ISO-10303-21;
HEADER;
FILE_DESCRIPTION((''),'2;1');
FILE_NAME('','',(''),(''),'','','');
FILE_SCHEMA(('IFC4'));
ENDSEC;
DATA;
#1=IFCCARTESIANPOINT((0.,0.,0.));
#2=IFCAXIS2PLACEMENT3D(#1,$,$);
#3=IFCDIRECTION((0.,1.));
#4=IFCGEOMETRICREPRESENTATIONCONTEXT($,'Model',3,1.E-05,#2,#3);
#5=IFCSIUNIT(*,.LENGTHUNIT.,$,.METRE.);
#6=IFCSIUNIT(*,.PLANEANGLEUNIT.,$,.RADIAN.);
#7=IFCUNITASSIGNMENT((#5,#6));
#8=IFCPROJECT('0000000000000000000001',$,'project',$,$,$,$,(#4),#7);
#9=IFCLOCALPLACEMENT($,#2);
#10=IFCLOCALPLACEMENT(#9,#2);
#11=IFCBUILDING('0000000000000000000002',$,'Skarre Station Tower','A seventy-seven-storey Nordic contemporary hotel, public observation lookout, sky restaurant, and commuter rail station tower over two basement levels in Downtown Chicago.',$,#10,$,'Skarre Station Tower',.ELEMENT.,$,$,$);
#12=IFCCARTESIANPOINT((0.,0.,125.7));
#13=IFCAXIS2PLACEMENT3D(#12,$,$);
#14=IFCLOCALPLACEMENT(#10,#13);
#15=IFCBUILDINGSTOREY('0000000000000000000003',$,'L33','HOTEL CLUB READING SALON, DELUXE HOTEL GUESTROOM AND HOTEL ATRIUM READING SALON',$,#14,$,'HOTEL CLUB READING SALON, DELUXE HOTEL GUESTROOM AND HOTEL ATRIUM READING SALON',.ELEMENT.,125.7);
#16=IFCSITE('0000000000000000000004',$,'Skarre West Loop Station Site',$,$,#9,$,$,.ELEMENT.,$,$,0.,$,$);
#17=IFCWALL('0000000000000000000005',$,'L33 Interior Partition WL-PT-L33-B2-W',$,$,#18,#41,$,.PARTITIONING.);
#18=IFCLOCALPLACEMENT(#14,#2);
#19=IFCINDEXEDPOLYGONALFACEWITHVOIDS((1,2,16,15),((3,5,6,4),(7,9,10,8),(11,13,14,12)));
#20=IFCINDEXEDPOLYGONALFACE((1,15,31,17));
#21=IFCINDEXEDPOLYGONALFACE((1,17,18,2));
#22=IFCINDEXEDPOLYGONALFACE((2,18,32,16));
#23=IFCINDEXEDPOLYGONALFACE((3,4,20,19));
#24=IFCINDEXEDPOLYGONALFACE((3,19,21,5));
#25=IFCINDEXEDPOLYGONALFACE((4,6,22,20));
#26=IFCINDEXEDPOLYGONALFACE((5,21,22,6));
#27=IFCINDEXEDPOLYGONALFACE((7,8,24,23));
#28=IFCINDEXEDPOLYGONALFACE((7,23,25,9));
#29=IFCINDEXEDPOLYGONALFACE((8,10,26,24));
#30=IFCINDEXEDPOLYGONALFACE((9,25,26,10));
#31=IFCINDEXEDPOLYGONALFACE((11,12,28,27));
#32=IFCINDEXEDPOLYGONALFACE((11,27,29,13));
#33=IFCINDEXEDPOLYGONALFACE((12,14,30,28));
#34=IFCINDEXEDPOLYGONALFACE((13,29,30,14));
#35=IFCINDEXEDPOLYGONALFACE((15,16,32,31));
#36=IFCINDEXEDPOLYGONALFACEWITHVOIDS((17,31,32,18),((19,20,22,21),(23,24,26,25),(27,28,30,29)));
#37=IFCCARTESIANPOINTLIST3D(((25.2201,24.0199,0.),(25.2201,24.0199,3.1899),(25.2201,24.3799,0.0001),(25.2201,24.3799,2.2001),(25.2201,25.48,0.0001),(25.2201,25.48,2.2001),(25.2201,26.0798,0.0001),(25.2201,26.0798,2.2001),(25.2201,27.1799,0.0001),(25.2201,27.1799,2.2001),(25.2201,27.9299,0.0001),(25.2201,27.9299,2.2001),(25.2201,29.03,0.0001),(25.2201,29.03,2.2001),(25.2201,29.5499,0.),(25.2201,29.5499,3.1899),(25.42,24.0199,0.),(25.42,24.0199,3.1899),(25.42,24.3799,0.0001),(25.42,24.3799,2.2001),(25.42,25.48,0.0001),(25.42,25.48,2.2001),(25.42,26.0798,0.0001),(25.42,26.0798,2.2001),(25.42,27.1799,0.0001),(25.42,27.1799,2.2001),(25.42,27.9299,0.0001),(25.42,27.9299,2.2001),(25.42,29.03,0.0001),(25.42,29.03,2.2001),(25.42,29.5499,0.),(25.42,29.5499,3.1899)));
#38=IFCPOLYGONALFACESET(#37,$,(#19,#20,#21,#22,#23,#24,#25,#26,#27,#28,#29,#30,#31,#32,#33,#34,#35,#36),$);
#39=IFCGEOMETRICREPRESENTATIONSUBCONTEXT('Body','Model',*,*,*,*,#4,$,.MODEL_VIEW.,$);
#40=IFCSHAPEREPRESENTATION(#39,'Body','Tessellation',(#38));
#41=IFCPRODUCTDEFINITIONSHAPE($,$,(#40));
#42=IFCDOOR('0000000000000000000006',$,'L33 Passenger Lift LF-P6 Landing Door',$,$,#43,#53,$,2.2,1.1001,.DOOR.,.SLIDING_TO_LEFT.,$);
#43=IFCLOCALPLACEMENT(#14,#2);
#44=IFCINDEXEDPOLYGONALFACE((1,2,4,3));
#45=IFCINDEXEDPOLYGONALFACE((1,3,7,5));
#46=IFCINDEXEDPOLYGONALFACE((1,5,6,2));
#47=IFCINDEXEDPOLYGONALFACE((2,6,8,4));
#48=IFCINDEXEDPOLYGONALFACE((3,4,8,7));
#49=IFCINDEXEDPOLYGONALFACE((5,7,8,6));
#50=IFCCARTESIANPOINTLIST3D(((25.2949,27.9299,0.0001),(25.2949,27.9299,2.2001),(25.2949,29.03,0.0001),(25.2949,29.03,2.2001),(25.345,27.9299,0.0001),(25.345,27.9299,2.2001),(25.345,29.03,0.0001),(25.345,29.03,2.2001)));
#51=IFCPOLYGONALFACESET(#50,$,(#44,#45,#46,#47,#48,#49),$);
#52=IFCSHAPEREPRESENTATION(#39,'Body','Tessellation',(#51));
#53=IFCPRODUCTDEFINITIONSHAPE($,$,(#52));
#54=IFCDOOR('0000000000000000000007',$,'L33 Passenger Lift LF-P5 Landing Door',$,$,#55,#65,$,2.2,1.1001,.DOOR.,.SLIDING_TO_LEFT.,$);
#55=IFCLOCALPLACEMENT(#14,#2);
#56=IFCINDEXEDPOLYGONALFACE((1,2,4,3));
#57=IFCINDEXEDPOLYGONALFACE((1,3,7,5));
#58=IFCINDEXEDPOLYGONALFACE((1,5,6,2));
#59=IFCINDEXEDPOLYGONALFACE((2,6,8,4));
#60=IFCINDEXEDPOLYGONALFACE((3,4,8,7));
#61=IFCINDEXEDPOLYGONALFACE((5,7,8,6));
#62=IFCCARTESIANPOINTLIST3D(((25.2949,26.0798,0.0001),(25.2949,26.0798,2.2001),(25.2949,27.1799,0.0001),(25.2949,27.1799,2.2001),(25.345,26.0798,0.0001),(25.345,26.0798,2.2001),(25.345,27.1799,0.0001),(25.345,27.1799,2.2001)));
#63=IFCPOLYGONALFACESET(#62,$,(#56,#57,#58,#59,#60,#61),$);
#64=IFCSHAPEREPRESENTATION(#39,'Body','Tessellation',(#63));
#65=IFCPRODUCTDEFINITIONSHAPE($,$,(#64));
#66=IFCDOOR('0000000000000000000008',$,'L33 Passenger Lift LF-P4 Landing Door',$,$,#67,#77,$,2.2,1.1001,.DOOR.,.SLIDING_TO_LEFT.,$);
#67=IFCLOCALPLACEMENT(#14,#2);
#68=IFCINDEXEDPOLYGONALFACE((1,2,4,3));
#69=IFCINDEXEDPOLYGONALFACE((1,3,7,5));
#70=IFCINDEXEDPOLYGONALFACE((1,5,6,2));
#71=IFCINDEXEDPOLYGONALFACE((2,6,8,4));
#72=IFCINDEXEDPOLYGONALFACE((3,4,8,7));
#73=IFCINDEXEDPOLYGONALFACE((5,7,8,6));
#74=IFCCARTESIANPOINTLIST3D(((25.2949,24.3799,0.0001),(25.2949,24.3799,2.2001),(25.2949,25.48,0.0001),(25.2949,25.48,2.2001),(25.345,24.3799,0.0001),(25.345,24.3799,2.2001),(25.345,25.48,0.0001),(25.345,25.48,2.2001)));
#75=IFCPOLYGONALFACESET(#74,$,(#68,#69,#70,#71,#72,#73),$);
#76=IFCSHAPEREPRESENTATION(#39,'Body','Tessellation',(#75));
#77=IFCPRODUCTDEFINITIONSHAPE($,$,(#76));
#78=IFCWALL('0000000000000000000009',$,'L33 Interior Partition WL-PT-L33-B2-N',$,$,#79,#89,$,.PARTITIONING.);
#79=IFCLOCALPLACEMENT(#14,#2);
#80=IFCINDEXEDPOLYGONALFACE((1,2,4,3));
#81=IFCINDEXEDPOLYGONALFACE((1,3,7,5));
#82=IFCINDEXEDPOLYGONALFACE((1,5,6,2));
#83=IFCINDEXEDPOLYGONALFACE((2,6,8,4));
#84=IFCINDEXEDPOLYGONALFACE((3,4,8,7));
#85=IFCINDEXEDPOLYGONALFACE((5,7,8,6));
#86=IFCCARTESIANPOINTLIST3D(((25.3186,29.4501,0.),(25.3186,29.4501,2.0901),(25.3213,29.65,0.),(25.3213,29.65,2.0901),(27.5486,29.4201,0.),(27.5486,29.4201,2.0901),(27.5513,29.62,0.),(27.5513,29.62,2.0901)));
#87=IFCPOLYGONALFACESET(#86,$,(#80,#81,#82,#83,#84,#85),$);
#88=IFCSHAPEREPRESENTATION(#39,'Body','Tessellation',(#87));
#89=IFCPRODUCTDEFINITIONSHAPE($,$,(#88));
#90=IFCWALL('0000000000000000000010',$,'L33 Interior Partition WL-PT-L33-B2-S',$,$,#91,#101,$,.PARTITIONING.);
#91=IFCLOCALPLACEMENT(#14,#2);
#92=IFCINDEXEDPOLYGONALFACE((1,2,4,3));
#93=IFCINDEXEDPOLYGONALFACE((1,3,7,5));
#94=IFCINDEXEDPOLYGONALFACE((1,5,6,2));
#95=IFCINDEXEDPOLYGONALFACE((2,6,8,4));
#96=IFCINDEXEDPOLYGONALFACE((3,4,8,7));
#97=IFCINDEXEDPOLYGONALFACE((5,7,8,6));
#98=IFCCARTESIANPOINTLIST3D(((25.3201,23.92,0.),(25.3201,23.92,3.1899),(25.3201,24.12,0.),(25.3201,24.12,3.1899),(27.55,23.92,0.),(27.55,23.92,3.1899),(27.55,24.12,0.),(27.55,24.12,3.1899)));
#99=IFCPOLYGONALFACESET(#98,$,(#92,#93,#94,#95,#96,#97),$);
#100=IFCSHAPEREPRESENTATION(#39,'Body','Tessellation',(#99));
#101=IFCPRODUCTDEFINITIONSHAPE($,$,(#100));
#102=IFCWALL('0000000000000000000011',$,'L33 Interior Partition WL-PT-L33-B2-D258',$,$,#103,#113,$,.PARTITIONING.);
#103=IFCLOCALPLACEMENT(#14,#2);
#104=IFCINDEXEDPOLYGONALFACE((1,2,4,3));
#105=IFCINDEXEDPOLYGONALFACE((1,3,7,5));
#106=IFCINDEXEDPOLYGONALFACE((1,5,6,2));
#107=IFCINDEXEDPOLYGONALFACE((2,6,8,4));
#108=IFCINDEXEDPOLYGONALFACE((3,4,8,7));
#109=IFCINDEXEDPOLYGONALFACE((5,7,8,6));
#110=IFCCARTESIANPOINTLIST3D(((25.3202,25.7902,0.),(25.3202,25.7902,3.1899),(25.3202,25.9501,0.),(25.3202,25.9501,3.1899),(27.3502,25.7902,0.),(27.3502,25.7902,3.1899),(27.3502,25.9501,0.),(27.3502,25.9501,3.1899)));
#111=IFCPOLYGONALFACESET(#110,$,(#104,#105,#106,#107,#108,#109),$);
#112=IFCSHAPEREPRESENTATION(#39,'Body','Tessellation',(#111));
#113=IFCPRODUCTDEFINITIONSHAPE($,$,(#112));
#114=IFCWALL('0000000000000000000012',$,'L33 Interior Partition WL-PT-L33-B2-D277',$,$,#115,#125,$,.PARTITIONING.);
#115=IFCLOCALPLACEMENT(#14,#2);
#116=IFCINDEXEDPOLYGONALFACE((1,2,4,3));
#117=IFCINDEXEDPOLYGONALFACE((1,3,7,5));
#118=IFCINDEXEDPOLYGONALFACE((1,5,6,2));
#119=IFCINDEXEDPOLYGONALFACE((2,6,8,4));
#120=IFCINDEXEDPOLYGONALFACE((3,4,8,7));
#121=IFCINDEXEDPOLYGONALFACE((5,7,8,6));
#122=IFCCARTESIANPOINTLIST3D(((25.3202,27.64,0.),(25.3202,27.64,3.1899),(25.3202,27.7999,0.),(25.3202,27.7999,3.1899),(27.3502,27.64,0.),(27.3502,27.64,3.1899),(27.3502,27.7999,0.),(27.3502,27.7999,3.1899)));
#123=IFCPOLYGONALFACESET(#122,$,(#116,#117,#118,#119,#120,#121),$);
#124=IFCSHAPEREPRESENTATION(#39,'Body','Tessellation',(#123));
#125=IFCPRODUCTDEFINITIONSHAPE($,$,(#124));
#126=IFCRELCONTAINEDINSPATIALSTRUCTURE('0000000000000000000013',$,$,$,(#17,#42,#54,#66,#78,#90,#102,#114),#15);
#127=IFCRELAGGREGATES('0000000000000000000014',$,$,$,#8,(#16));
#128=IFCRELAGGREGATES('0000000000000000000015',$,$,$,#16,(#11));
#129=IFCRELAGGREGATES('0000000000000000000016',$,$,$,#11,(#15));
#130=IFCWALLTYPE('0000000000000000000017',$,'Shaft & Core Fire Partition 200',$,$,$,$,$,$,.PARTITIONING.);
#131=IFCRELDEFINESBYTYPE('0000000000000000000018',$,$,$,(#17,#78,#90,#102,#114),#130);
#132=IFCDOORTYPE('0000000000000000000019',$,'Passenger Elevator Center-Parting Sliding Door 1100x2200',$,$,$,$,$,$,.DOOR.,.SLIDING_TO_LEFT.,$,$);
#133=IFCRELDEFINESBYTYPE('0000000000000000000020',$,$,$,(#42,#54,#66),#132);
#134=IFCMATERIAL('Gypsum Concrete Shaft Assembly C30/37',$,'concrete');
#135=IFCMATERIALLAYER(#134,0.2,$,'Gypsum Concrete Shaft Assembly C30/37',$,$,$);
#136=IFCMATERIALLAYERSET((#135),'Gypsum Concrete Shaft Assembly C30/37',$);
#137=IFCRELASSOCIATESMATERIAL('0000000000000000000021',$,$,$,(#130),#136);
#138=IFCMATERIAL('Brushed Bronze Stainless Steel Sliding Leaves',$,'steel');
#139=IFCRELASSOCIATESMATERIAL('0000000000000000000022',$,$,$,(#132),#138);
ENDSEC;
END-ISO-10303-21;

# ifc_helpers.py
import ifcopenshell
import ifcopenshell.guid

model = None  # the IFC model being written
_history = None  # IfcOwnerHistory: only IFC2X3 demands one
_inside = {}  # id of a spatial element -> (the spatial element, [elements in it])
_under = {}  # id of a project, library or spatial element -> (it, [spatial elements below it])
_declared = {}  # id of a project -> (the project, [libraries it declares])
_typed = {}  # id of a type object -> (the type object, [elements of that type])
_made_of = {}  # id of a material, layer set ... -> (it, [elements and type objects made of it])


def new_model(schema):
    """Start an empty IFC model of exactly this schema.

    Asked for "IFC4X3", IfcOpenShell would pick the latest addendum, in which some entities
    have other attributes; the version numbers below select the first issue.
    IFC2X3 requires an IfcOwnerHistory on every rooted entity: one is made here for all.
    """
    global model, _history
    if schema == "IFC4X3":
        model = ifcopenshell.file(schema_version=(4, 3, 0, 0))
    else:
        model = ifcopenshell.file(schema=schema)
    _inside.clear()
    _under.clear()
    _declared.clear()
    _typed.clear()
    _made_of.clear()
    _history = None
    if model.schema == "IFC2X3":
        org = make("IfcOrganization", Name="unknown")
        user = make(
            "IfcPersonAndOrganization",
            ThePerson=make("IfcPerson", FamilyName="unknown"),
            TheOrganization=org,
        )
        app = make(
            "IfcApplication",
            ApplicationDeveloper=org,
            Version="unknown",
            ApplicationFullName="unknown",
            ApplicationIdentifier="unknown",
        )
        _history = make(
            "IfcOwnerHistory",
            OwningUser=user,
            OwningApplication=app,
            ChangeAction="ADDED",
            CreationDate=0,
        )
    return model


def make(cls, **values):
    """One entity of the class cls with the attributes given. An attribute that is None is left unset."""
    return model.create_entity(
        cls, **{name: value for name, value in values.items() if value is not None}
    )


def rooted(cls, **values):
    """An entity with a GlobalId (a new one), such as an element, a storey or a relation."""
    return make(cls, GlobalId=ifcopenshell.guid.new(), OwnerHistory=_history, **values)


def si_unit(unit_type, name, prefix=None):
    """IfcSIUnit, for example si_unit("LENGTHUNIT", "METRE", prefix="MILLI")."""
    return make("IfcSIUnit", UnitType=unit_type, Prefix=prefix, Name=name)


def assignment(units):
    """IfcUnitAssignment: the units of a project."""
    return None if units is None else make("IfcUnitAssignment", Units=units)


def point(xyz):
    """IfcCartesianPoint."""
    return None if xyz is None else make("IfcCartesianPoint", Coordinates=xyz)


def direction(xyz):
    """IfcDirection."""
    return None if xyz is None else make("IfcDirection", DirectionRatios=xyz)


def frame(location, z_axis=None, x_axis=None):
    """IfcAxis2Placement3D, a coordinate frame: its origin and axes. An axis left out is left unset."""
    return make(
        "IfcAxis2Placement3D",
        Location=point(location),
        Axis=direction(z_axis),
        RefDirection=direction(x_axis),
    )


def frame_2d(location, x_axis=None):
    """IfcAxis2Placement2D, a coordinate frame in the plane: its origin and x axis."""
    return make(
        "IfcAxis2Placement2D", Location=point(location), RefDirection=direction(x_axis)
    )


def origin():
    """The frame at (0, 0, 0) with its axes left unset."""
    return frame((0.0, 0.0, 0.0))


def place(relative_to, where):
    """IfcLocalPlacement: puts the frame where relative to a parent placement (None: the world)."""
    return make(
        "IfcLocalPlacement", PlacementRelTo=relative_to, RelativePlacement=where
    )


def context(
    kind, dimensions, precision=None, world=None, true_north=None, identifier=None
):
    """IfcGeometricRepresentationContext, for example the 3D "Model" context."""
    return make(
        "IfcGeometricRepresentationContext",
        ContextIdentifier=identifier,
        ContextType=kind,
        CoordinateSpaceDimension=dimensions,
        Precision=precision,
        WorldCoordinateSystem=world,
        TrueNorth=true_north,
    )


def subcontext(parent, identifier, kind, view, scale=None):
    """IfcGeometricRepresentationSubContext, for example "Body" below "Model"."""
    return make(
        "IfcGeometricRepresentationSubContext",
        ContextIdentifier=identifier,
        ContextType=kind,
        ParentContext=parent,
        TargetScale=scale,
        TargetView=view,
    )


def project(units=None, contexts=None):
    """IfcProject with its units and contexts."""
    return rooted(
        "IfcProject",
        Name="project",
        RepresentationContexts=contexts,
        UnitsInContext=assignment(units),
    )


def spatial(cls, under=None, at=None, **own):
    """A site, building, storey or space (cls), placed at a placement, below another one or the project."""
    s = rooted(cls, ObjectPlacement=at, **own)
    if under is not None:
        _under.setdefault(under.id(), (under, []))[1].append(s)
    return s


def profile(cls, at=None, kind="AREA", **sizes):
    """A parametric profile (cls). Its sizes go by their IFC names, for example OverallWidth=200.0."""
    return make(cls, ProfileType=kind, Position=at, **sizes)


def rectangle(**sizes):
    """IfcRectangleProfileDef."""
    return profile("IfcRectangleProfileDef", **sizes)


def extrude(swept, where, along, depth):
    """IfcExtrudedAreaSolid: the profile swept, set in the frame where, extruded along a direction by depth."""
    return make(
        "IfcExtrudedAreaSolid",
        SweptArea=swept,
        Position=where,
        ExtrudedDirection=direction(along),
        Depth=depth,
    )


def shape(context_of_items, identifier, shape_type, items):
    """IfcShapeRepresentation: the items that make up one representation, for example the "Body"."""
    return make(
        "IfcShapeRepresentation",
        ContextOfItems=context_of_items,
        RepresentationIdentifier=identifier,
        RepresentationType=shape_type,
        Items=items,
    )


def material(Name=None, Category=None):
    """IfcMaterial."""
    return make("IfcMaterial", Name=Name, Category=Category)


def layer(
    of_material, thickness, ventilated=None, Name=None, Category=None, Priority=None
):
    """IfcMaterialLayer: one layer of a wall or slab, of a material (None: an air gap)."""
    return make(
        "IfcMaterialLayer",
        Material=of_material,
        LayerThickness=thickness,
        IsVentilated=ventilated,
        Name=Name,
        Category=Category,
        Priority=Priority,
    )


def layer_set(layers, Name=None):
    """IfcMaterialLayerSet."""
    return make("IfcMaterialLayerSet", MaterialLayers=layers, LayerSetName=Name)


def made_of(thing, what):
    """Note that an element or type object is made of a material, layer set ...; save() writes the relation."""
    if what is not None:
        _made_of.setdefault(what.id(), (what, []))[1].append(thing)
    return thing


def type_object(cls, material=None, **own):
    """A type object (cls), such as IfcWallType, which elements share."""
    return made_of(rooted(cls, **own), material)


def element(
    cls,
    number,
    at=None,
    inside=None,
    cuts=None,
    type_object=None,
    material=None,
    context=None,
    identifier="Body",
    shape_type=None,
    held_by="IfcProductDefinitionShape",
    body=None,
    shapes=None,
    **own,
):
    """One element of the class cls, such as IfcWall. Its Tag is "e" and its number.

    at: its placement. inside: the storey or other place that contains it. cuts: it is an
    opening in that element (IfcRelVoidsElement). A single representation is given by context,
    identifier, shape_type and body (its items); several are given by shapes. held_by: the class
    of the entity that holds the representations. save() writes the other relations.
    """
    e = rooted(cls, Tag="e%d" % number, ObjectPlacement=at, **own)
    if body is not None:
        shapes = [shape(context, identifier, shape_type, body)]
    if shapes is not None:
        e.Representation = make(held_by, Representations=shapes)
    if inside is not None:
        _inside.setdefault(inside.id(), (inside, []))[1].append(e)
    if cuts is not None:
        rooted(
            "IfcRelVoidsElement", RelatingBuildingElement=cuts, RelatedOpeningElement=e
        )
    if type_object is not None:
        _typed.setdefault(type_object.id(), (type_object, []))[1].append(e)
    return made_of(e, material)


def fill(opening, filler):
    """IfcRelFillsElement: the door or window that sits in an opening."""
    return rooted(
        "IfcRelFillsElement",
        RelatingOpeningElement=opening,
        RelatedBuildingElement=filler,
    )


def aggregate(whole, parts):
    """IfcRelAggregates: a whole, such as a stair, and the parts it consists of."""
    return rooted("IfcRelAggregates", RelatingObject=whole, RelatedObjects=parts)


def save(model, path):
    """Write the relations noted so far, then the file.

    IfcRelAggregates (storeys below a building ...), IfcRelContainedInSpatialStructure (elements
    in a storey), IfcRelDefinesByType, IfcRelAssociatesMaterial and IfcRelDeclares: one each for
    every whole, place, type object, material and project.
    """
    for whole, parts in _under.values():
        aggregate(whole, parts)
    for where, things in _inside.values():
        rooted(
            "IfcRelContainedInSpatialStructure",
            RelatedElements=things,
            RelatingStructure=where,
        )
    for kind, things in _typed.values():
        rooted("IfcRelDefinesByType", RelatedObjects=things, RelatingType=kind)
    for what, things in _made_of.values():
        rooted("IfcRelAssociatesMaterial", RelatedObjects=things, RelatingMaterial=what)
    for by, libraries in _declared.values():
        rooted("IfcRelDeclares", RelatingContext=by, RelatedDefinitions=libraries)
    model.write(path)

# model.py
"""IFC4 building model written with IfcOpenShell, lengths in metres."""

from ifc_helpers import new_model, si_unit, direction, frame, frame_2d, origin, place, context, subcontext, project, spatial, rectangle, extrude, material, layer, layer_set, type_object, element, fill, save


model = new_model("IFC4")

# Units and contexts
model_context = context("Model", 3, precision=1e-05, world=origin(), true_north=direction((0.0, 1.0)))
body_context = subcontext(model_context, "Body", "Model", "MODEL_VIEW")
ifc_project = project(units=[si_unit("LENGTHUNIT", "METRE"), si_unit("PLANEANGLEUNIT", "RADIAN")], contexts=[model_context])

# Site, building, storey
site_placement = place(None, origin())
site = spatial("IfcSite", under=ifc_project, at=site_placement, Name="Skarre West Loop Station Site", CompositionType="ELEMENT", RefElevation=0.0)
building_placement = place(site_placement, origin())
building = spatial("IfcBuilding", under=site, at=building_placement, Name="Skarre Station Tower", Description="A seventy-seven-storey Nordic contemporary hotel, public observation lookout, sky restaurant, and commuter rail station tower over two basement levels in Downtown Chicago.", LongName="Skarre Station Tower", CompositionType="ELEMENT")
storey_placement = place(building_placement, frame((0.0, 0.0, 125.7)))
storey = spatial("IfcBuildingStorey", under=building, at=storey_placement, Name="L33", Description="HOTEL CLUB READING SALON, DELUXE HOTEL GUESTROOM AND HOTEL ATRIUM READING SALON", LongName="HOTEL CLUB READING SALON, DELUXE HOTEL GUESTROOM AND HOTEL ATRIUM READING SALON", CompositionType="ELEMENT", Elevation=125.7)

# Shared definitions
ifc_material_1 = material(Name="Gypsum Concrete Shaft Assembly C30/37", Category="concrete")
ifc_layer_1 = layer(ifc_material_1, 0.2, Name="Gypsum Concrete Shaft Assembly C30/37")
ifc_layer_set_1 = layer_set([ifc_layer_1], Name="Gypsum Concrete Shaft Assembly C30/37")
wall_type_1 = type_object("IfcWallType", Name="Shaft & Core Fire Partition 200", PredefinedType="PARTITIONING", material=ifc_layer_set_1)

# Wall, openings, doors
wall_1_placement = place(storey_placement, frame((25.3201, 29.55, 0.0), z_axis=(0.0, 0.0, 1.0), x_axis=(0.0, -1.0, 0.0)))
wall_1 = element("IfcWall", 1, at=wall_1_placement, inside=storey, type_object=wall_type_1, Name="L33 Interior Partition WL-PT-L33-B2-W", PredefinedType="PARTITIONING", context=body_context, shape_type="SweptSolid", body=[
    extrude(rectangle(XDim=5.53, YDim=0.2, at=frame_2d((2.7651, 0.0))), origin(), (0.0, 0.0, 1.0), 3.1899),
])
opening_1_placement = place(wall_1_placement, frame((0.52, 0.0, 0.0)))
opening_1 = element("IfcOpeningElement", 2, at=opening_1_placement, cuts=wall_1, PredefinedType="OPENING", context=body_context, shape_type="SweptSolid", body=[
    extrude(rectangle(XDim=1.1001, YDim=2.2, at=frame_2d((0.55, 1.1001))), frame((0.0, 0.1099, 0.0), z_axis=(0.0, -1.0, 0.0), x_axis=(1.0, 0.0, 0.0)), (0.0, 0.0, 1.0), 0.22),
])
opening_2_placement = place(wall_1_placement, frame((2.3701, 0.0, 0.0)))
opening_2 = element("IfcOpeningElement", 3, at=opening_2_placement, cuts=wall_1, PredefinedType="OPENING", context=body_context, shape_type="SweptSolid", body=[
    extrude(rectangle(XDim=1.1001, YDim=2.2, at=frame_2d((0.55, 1.1001))), frame((0.0, 0.1099, 0.0), z_axis=(0.0, -1.0, 0.0), x_axis=(1.0, 0.0, 0.0)), (0.0, 0.0, 1.0), 0.22),
])
opening_3_placement = place(wall_1_placement, frame((4.0701, 0.0, 0.0)))
opening_3 = element("IfcOpeningElement", 4, at=opening_3_placement, cuts=wall_1, PredefinedType="OPENING", context=body_context, shape_type="SweptSolid", body=[
    extrude(rectangle(XDim=1.1001, YDim=2.2, at=frame_2d((0.55, 1.1001))), frame((0.0, 0.1099, 0.0), z_axis=(0.0, -1.0, 0.0), x_axis=(1.0, 0.0, 0.0)), (0.0, 0.0, 1.0), 0.22),
])
ifc_material_2 = material(Name="Brushed Bronze Stainless Steel Sliding Leaves", Category="steel")
door_type_1 = type_object("IfcDoorType", Name="Passenger Elevator Center-Parting Sliding Door 1100x2200", OperationType="SLIDING_TO_LEFT", PredefinedType="DOOR", material=ifc_material_2)
door_1_placement = place(opening_1_placement, origin())
door_1 = element("IfcDoor", 5, at=door_1_placement, inside=storey, type_object=door_type_1, Name="L33 Passenger Lift LF-P6 Landing Door", OperationType="SLIDING_TO_LEFT", OverallHeight=2.2, OverallWidth=1.1001, PredefinedType="DOOR", context=body_context, shape_type="SweptSolid", body=[
    extrude(rectangle(XDim=1.1001, YDim=2.2, at=frame_2d((0.55, 1.1001))), frame((0.0, 0.0249, 0.0), z_axis=(0.0, -1.0, 0.0), x_axis=(1.0, 0.0, 0.0)), (0.0, 0.0, 1.0), 0.05),
])
fill(opening_1, door_1)
door_2_placement = place(opening_2_placement, origin())
door_2 = element("IfcDoor", 6, at=door_2_placement, inside=storey, type_object=door_type_1, Name="L33 Passenger Lift LF-P5 Landing Door", OperationType="SLIDING_TO_LEFT", OverallHeight=2.2, OverallWidth=1.1001, PredefinedType="DOOR", context=body_context, shape_type="SweptSolid", body=[
    extrude(rectangle(XDim=1.1001, YDim=2.2, at=frame_2d((0.55, 1.1001))), frame((0.0, 0.0249, 0.0), z_axis=(0.0, -1.0, 0.0), x_axis=(1.0, 0.0, 0.0)), (0.0, 0.0, 1.0), 0.05),
])
fill(opening_2, door_2)
door_3_placement = place(opening_3_placement, origin())
door_3 = element("IfcDoor", 7, at=door_3_placement, inside=storey, type_object=door_type_1, Name="L33 Passenger Lift LF-P4 Landing Door", OperationType="SLIDING_TO_LEFT", OverallHeight=2.2, OverallWidth=1.1001, PredefinedType="DOOR", context=body_context, shape_type="SweptSolid", body=[
    extrude(rectangle(XDim=1.1001, YDim=2.2, at=frame_2d((0.55, 1.1001))), frame((0.0, 0.0249, 0.0), z_axis=(0.0, -1.0, 0.0), x_axis=(1.0, 0.0, 0.0)), (0.0, 0.0, 1.0), 0.05),
])
fill(opening_3, door_3)

# Walls
wall_2_placement = place(storey_placement, frame((27.55, 29.52, 0.0), z_axis=(0.0, 0.0, 1.0), x_axis=(-0.999909, 0.013465, 0.0)))
element("IfcWall", 8, at=wall_2_placement, inside=storey, type_object=wall_type_1, Name="L33 Interior Partition WL-PT-L33-B2-N", PredefinedType="PARTITIONING", context=body_context, shape_type="SweptSolid", body=[
    extrude(rectangle(XDim=2.2302, YDim=0.2, at=frame_2d((1.1152, 0.0))), origin(), (0.0, 0.0, 1.0), 2.0901),
])
wall_3_placement = place(storey_placement, frame((25.3201, 24.02, 0.0), z_axis=(0.0, 0.0, 1.0), x_axis=(1.0, 0.0, 0.0)))
element("IfcWall", 9, at=wall_3_placement, inside=storey, type_object=wall_type_1, Name="L33 Interior Partition WL-PT-L33-B2-S", PredefinedType="PARTITIONING", context=body_context, shape_type="SweptSolid", body=[
    extrude(rectangle(XDim=2.23, YDim=0.2, at=frame_2d((1.115, 0.0))), origin(), (0.0, 0.0, 1.0), 3.1899),
])
for number, where, z_axis, x_axis, name in (
    (10, (25.3201, 25.8701, 0.0), (0.0, 0.0, 1.0), (1.0, 0.0, 0.0), "L33 Interior Partition WL-PT-L33-B2-D258"),
    (11, (25.3201, 27.72, 0.0), (0.0, 0.0, 1.0), (1.0, 0.0, 0.0), "L33 Interior Partition WL-PT-L33-B2-D277"),
):
    element("IfcWall", number, at=place(storey_placement, frame(where, z_axis=z_axis, x_axis=x_axis)), inside=storey, type_object=wall_type_1, Name=name, PredefinedType="PARTITIONING", context=body_context, shape_type="SweptSolid", body=[
        extrude(rectangle(XDim=2.03, YDim=0.1599, at=frame_2d((1.0151, 0.0))), origin(), (0.0, 0.0, 1.0), 3.1899),
    ])

save(model, "model.ifc")
